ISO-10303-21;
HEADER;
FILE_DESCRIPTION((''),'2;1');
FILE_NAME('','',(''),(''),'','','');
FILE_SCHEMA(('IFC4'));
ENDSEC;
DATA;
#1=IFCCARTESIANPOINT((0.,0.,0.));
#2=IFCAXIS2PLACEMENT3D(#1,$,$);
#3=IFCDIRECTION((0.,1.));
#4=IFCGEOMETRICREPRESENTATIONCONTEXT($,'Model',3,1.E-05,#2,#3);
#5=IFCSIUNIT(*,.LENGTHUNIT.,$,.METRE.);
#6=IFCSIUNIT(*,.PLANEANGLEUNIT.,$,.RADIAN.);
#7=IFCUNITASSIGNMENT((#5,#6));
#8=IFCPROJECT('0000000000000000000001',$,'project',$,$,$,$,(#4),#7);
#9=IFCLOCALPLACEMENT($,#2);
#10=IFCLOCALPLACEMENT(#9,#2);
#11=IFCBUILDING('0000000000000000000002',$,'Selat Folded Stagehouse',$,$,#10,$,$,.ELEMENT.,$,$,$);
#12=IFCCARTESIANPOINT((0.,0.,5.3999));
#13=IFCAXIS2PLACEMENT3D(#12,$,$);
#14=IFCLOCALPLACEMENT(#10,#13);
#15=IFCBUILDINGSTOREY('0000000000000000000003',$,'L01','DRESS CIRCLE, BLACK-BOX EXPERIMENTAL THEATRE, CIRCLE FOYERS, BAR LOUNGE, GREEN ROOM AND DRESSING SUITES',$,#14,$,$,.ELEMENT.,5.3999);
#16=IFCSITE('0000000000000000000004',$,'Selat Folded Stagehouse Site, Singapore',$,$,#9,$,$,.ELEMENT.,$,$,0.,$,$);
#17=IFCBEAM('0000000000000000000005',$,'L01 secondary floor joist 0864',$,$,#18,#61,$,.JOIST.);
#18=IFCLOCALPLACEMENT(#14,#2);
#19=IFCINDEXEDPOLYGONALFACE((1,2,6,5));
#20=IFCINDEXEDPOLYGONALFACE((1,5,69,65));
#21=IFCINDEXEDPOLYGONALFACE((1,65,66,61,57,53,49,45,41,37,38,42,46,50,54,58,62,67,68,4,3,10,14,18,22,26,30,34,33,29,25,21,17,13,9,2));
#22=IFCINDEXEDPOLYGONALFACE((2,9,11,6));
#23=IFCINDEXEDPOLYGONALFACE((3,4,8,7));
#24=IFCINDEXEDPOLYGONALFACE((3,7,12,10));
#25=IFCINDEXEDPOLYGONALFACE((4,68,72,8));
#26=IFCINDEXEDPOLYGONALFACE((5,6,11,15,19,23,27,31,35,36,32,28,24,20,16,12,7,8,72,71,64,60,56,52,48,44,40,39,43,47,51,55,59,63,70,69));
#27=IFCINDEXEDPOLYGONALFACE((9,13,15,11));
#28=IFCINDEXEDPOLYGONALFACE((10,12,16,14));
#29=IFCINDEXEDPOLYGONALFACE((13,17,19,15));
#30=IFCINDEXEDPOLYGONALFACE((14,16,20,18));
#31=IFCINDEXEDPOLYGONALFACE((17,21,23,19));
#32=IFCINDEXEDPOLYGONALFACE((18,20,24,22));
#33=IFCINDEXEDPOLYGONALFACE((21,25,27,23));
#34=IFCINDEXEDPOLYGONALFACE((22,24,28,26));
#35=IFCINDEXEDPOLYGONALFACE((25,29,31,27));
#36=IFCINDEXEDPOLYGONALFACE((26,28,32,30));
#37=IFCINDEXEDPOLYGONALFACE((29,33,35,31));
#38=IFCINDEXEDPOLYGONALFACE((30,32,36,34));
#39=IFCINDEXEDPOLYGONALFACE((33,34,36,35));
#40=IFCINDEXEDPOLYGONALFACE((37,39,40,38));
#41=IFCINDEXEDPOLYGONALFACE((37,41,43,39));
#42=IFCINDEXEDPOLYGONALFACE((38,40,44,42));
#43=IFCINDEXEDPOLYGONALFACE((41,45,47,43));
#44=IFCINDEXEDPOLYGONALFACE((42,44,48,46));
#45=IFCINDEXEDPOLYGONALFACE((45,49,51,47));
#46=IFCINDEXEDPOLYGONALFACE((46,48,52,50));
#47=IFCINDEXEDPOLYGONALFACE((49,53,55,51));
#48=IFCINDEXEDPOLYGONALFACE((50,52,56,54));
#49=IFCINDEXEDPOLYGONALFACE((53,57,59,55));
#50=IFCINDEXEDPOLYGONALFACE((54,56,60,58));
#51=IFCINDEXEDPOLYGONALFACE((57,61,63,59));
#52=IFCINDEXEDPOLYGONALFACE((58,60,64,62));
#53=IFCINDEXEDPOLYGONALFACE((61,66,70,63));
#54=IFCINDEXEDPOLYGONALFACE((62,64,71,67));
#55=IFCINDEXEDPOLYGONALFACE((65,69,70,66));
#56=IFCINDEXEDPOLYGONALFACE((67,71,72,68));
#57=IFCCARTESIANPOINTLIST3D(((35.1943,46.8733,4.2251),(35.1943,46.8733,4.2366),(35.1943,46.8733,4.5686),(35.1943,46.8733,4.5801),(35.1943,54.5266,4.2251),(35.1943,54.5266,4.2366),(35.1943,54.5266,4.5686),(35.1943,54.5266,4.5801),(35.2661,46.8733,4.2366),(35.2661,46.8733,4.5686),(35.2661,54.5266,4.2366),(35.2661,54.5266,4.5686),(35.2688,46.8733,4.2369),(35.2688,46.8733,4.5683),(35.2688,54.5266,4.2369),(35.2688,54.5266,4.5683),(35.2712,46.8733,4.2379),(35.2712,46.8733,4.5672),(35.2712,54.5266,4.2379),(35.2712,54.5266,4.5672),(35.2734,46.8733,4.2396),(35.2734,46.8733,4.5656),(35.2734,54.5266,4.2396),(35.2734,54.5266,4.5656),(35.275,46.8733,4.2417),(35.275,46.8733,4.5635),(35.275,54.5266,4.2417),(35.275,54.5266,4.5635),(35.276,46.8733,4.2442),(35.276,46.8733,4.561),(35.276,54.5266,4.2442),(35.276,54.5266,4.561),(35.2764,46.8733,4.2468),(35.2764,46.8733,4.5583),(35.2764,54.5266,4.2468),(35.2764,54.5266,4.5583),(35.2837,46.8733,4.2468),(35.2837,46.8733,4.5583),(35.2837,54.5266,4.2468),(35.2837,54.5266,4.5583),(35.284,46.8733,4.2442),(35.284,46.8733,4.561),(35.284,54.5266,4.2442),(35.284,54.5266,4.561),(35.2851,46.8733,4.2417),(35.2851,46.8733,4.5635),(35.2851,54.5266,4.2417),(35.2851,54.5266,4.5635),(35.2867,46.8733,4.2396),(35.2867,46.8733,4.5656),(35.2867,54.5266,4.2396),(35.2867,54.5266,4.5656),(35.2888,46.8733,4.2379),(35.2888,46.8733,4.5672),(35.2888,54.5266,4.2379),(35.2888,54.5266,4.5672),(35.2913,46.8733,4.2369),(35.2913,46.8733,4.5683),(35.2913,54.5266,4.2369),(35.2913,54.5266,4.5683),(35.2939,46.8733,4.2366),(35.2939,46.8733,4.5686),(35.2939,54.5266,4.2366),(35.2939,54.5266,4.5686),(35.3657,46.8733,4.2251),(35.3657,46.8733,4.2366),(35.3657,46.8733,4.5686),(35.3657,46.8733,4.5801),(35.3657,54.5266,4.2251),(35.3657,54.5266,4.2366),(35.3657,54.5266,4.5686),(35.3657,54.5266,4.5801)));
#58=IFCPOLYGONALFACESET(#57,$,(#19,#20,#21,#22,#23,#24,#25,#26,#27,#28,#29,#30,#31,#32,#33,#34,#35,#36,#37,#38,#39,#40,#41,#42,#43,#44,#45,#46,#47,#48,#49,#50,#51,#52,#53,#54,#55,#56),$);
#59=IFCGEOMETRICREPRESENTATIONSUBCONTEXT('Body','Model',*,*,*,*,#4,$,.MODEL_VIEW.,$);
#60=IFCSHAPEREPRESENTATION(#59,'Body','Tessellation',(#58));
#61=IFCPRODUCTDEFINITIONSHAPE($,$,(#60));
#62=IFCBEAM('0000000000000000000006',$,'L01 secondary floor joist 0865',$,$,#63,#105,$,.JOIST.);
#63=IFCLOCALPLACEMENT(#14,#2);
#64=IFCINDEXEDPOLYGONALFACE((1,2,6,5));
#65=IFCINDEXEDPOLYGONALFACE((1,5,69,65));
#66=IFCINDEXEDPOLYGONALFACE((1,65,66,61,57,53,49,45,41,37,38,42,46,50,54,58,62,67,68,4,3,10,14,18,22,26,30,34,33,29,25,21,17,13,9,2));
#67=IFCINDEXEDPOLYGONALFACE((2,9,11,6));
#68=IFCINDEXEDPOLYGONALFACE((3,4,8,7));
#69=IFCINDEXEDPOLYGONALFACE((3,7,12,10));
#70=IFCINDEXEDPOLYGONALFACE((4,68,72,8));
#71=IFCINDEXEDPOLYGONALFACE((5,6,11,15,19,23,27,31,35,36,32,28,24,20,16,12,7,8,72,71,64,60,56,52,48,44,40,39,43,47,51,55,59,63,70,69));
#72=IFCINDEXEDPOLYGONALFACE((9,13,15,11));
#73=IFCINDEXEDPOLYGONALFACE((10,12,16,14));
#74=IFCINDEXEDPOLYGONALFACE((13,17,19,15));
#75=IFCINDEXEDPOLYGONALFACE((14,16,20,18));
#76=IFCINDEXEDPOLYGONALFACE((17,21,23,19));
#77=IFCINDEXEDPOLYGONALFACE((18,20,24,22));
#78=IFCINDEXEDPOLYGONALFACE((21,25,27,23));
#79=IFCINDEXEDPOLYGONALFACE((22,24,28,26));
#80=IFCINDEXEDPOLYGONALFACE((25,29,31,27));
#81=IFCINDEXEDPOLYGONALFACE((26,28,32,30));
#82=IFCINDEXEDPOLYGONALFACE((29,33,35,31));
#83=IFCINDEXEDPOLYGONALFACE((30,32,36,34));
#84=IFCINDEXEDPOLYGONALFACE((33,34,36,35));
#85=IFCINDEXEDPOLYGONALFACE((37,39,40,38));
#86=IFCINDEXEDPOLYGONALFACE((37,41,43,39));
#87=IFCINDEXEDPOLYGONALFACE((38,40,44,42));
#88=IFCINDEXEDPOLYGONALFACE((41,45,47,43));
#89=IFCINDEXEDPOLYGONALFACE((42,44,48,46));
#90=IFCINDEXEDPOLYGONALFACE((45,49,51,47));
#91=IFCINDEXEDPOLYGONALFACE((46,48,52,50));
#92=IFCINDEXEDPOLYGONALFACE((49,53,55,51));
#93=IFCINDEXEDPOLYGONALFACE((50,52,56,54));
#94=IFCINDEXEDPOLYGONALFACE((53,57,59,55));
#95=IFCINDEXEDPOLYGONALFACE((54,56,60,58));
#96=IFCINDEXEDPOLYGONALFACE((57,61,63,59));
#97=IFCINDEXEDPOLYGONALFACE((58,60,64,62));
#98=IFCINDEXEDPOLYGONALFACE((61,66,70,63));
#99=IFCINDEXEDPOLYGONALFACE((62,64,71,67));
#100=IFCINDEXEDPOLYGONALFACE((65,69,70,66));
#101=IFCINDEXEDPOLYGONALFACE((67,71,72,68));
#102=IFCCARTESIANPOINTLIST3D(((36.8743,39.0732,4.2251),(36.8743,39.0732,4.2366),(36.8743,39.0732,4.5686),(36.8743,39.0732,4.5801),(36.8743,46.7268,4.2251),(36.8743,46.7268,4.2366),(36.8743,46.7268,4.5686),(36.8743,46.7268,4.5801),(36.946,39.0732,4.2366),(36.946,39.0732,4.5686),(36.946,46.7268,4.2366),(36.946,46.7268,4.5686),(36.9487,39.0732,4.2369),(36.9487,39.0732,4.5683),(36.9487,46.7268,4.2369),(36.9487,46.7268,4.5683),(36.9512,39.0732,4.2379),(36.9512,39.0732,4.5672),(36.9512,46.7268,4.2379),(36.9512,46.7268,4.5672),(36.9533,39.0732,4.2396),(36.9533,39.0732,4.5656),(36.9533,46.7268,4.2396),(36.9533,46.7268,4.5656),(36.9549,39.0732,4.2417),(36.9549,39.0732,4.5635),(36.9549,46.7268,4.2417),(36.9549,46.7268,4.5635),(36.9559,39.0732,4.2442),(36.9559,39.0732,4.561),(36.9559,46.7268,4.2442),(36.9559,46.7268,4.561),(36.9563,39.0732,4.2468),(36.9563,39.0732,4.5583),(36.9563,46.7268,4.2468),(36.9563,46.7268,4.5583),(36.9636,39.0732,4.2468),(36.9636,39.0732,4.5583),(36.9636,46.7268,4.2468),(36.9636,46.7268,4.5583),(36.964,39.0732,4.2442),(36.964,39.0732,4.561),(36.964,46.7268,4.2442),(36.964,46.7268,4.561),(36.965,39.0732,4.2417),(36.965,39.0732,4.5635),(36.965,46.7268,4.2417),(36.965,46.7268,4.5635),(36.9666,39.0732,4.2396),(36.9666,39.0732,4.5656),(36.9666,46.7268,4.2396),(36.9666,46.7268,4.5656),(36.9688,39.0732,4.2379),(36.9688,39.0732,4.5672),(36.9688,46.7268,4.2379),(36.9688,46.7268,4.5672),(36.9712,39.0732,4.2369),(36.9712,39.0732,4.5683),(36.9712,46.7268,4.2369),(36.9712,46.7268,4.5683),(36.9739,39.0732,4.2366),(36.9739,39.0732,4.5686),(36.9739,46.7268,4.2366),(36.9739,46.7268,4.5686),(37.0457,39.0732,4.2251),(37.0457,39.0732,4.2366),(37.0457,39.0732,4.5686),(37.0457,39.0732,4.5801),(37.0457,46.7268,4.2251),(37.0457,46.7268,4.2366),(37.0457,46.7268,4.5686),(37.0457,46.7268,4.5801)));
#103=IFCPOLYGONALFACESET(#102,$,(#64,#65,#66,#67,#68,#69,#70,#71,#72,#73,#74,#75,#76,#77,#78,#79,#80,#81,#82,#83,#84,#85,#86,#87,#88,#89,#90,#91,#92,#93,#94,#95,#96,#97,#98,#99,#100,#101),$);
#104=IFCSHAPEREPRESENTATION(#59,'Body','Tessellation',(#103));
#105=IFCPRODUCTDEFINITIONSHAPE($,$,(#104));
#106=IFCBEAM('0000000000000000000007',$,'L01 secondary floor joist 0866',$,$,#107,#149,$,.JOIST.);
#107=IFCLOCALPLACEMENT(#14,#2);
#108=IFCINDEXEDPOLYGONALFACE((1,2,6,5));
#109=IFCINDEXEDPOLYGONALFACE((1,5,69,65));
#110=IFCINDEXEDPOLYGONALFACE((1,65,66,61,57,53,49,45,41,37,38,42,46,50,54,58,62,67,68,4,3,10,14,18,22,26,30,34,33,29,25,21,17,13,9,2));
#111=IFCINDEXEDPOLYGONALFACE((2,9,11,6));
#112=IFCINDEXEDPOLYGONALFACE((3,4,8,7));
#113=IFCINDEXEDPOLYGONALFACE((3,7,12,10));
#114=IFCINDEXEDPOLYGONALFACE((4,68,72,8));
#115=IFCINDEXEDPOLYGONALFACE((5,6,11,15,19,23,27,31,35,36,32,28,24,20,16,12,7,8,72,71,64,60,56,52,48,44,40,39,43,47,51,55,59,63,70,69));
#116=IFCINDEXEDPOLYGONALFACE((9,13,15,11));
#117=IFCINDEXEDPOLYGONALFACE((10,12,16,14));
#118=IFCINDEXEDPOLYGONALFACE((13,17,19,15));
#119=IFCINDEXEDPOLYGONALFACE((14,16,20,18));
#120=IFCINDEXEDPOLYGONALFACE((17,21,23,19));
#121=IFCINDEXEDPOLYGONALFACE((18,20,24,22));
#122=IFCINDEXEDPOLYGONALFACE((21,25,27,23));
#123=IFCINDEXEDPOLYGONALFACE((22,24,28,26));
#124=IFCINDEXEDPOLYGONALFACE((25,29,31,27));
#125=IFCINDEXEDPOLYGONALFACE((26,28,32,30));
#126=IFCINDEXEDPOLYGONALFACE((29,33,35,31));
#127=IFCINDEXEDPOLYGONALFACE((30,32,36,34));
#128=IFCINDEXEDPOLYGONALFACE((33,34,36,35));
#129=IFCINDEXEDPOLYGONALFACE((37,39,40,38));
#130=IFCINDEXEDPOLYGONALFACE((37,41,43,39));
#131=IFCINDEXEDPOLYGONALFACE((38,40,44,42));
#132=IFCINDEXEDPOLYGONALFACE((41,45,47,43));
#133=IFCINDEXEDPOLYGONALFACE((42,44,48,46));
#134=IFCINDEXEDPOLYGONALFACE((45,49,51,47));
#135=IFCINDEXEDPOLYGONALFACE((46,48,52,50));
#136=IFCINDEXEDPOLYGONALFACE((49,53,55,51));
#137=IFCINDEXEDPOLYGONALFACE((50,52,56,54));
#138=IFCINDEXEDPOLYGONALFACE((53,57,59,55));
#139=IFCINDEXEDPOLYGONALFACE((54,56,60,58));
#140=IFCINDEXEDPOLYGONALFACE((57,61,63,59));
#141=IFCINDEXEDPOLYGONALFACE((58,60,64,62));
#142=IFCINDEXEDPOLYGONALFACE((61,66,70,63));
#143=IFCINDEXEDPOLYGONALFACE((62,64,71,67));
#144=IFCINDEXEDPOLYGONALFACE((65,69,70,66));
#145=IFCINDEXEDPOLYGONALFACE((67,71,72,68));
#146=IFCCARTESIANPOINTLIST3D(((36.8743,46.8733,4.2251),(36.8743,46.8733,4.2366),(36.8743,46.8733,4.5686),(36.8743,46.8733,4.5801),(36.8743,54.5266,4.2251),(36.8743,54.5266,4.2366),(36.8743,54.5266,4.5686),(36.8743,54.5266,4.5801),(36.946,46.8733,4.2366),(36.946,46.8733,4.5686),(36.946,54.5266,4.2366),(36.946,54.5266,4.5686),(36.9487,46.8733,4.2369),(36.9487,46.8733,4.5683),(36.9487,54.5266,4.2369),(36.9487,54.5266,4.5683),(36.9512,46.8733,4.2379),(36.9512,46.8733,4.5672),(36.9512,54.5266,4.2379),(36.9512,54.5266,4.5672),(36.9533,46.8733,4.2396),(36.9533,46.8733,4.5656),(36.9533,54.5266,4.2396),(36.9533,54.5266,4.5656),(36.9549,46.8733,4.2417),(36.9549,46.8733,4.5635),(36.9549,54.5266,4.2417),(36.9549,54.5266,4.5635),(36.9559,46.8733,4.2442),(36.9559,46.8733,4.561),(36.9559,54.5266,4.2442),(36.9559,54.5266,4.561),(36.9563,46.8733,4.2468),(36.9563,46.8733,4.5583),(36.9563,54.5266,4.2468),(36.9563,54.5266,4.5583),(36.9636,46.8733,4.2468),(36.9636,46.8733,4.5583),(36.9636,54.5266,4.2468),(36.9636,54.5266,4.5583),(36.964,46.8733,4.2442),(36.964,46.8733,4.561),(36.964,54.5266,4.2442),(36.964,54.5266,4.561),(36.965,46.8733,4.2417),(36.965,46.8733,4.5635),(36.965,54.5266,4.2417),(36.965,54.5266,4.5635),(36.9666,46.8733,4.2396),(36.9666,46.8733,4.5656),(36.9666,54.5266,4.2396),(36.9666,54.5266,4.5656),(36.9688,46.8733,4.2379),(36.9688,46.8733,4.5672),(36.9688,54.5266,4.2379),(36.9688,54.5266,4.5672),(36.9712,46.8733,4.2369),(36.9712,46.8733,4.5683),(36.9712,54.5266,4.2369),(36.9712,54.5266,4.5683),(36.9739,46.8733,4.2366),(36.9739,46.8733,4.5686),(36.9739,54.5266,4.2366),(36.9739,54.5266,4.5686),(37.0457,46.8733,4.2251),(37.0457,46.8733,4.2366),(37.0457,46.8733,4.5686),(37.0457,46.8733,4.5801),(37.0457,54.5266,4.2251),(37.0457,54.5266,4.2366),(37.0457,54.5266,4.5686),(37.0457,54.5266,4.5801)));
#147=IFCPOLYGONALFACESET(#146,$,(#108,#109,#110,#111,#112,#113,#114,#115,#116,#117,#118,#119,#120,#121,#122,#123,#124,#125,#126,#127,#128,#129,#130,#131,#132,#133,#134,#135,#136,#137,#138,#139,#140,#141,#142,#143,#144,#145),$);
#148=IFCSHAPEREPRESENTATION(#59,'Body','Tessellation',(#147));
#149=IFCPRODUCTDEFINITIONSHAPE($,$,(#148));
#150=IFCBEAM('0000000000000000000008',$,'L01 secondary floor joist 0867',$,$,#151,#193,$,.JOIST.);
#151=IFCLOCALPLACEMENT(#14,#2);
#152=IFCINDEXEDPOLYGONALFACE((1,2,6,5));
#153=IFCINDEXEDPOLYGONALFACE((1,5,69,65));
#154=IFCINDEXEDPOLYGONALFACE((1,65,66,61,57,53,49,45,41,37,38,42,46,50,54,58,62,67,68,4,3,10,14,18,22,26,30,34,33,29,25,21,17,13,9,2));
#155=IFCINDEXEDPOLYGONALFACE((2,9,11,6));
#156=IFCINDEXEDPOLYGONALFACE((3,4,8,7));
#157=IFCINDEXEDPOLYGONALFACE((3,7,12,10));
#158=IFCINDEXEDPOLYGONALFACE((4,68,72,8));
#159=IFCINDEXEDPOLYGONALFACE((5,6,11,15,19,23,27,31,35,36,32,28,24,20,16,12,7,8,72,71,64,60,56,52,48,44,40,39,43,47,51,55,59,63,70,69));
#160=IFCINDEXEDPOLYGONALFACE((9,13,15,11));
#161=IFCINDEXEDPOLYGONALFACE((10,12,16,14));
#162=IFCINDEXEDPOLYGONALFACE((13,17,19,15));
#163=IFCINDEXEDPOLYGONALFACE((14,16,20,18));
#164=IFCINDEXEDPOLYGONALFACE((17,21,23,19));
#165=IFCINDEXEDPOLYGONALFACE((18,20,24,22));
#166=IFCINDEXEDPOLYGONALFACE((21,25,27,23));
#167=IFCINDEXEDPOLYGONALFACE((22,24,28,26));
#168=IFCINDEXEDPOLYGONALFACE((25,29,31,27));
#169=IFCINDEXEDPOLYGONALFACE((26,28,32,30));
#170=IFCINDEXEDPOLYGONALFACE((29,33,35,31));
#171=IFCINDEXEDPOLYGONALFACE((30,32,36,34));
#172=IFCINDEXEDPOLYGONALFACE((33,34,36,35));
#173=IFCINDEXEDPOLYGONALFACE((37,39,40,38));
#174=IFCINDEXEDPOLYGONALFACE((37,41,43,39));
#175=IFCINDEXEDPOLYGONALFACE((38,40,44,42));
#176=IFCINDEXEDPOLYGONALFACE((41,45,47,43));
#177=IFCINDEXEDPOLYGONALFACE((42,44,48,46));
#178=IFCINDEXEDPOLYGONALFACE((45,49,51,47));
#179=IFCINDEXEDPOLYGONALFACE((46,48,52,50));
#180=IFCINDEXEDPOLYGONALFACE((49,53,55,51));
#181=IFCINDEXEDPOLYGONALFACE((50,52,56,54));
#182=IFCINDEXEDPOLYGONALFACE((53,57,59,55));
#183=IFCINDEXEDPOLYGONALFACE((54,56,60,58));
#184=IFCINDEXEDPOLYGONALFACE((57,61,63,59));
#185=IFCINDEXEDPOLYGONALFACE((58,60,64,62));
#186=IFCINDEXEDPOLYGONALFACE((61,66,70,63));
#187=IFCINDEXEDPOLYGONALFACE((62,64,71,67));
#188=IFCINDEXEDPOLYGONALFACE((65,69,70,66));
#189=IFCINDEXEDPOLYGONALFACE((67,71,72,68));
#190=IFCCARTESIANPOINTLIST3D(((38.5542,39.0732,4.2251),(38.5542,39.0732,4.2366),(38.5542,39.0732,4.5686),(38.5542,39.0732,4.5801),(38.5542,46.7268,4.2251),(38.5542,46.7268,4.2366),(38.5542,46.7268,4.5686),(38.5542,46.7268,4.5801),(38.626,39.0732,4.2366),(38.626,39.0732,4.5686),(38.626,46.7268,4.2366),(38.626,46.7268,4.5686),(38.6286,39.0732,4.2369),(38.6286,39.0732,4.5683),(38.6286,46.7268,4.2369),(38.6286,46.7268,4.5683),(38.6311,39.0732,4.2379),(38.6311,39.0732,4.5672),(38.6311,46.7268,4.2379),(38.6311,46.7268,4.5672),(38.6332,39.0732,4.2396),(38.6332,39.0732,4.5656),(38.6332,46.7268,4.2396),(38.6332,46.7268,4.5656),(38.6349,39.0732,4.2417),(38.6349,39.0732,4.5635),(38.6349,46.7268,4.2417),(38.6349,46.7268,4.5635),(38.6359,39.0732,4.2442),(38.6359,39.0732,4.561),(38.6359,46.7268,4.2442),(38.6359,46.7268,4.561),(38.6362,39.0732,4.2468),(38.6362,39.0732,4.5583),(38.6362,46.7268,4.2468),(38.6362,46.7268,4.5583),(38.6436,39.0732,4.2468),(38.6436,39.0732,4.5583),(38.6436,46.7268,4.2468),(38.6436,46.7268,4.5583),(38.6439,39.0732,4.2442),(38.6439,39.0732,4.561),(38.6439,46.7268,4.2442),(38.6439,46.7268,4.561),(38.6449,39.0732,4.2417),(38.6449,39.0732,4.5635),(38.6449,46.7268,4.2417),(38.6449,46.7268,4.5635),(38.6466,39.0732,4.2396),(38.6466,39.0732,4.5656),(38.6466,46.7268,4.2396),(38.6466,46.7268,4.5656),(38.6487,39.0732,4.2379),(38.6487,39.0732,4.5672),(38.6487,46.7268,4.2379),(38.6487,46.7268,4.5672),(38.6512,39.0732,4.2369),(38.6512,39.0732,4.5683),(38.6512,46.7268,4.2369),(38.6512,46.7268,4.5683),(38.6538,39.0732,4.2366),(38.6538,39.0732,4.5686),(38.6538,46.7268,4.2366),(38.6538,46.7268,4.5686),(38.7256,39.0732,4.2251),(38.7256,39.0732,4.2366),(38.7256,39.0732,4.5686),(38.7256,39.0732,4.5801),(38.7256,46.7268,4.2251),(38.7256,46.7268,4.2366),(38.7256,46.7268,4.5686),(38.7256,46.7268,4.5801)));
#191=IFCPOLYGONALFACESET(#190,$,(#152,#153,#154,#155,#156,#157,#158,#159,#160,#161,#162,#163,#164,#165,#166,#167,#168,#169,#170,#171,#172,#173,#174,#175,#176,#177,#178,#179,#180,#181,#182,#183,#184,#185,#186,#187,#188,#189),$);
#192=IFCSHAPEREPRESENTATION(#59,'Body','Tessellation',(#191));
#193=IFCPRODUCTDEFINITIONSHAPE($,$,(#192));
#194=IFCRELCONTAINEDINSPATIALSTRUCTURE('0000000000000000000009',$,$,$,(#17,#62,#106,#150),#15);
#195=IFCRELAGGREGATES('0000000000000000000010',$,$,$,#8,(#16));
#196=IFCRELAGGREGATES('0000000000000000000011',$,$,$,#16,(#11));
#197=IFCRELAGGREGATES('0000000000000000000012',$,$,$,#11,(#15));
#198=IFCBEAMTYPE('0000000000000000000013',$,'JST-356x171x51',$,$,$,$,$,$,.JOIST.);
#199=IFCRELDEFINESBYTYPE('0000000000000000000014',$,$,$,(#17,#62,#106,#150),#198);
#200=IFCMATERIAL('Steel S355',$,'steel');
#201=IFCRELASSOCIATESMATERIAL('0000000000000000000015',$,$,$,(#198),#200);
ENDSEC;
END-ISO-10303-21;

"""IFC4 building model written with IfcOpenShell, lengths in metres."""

from ifc_helpers import new_model, si_unit, direction, frame, origin, origin_2d, place, context, subcontext, project, spatial, i_section, extrude, material, material_profile, profile_set, type_object, element, save


model = new_model("IFC4")

# Units and contexts
model_context = context("Model", 3, precision=1e-05, world=origin(), true_north=direction((0.0, 1.0)))
body_context = subcontext(model_context, "Body", "Model", "MODEL_VIEW")
ifc_project = project(units=[si_unit("LENGTHUNIT", "METRE"), si_unit("PLANEANGLEUNIT", "RADIAN")], contexts=[model_context])

# Site, building, storey
site_placement = place(None, origin())
site = spatial("IfcSite", under=ifc_project, at=site_placement, Name="Selat Folded Stagehouse Site, Singapore", CompositionType="ELEMENT", RefElevation=0.0)
building_placement = place(site_placement, origin())
building = spatial("IfcBuilding", under=site, at=building_placement, Name="Selat Folded Stagehouse", CompositionType="ELEMENT")
storey_placement = place(building_placement, frame((0.0, 0.0, 5.3999)))
storey = spatial("IfcBuildingStorey", under=building, at=storey_placement, Name="L01", Description="DRESS CIRCLE, BLACK-BOX EXPERIMENTAL THEATRE, CIRCLE FOYERS, BAR LOUNGE, GREEN ROOM AND DRESSING SUITES", CompositionType="ELEMENT", Elevation=5.3999)

# Beams
ifc_material_1 = material(Name="Steel S355", Category="steel")
ifc_material_profile_1 = material_profile(ifc_material_1, i_section(OverallWidth=0.1714, OverallDepth=0.355, WebThickness=0.0073, FlangeThickness=0.0115, FilletRadius=0.0103, at=origin_2d()), Name="UKB 356x171x51")
ifc_profile_set_1 = profile_set([ifc_material_profile_1], Name="Steel S355")
beam_type_1 = type_object("IfcBeamType", Name="JST-356x171x51", PredefinedType="JOIST", material=ifc_profile_set_1)
beam_1_placement = place(storey_placement, frame((35.28, 46.8733, 4.4026), z_axis=(0.0, 1.0, 0.0), x_axis=(-1.0, 0.0, 0.0)))
element("IfcBeam", 1, at=beam_1_placement, inside=storey, type_object=beam_type_1, Name="L01 secondary floor joist 0864", PredefinedType="JOIST", context=body_context, shape_type="SweptSolid", body=[
    extrude(i_section(OverallWidth=0.1714, OverallDepth=0.355, WebThickness=0.0073, FlangeThickness=0.0115, FilletRadius=0.0103, at=origin_2d()), origin(), (0.0, 0.0, 1.0), 7.6533),
])
beam_2_placement = place(storey_placement, frame((36.96, 39.0732, 4.4026), z_axis=(0.0, 1.0, 0.0), x_axis=(-1.0, 0.0, 0.0)))
element("IfcBeam", 2, at=beam_2_placement, inside=storey, type_object=beam_type_1, Name="L01 secondary floor joist 0865", PredefinedType="JOIST", context=body_context, shape_type="SweptSolid", body=[
    extrude(i_section(OverallWidth=0.1714, OverallDepth=0.355, WebThickness=0.0073, FlangeThickness=0.0115, FilletRadius=0.0103, at=origin_2d()), origin(), (0.0, 0.0, 1.0), 7.6536),
])
beam_3_placement = place(storey_placement, frame((36.96, 46.8733, 4.4026), z_axis=(0.0, 1.0, 0.0), x_axis=(-1.0, 0.0, 0.0)))
element("IfcBeam", 3, at=beam_3_placement, inside=storey, type_object=beam_type_1, Name="L01 secondary floor joist 0866", PredefinedType="JOIST", context=body_context, shape_type="SweptSolid", body=[
    extrude(i_section(OverallWidth=0.1714, OverallDepth=0.355, WebThickness=0.0073, FlangeThickness=0.0115, FilletRadius=0.0103, at=origin_2d()), origin(), (0.0, 0.0, 1.0), 7.6533),
])
beam_4_placement = place(storey_placement, frame((38.6399, 39.0732, 4.4026), z_axis=(0.0, 1.0, 0.0), x_axis=(-1.0, 0.0, 0.0)))
element("IfcBeam", 4, at=beam_4_placement, inside=storey, type_object=beam_type_1, Name="L01 secondary floor joist 0867", PredefinedType="JOIST", context=body_context, shape_type="SweptSolid", body=[
    extrude(i_section(OverallWidth=0.1714, OverallDepth=0.355, WebThickness=0.0073, FlangeThickness=0.0115, FilletRadius=0.0103, at=origin_2d()), origin(), (0.0, 0.0, 1.0), 7.6536),
])

save(model, "model.ifc")
